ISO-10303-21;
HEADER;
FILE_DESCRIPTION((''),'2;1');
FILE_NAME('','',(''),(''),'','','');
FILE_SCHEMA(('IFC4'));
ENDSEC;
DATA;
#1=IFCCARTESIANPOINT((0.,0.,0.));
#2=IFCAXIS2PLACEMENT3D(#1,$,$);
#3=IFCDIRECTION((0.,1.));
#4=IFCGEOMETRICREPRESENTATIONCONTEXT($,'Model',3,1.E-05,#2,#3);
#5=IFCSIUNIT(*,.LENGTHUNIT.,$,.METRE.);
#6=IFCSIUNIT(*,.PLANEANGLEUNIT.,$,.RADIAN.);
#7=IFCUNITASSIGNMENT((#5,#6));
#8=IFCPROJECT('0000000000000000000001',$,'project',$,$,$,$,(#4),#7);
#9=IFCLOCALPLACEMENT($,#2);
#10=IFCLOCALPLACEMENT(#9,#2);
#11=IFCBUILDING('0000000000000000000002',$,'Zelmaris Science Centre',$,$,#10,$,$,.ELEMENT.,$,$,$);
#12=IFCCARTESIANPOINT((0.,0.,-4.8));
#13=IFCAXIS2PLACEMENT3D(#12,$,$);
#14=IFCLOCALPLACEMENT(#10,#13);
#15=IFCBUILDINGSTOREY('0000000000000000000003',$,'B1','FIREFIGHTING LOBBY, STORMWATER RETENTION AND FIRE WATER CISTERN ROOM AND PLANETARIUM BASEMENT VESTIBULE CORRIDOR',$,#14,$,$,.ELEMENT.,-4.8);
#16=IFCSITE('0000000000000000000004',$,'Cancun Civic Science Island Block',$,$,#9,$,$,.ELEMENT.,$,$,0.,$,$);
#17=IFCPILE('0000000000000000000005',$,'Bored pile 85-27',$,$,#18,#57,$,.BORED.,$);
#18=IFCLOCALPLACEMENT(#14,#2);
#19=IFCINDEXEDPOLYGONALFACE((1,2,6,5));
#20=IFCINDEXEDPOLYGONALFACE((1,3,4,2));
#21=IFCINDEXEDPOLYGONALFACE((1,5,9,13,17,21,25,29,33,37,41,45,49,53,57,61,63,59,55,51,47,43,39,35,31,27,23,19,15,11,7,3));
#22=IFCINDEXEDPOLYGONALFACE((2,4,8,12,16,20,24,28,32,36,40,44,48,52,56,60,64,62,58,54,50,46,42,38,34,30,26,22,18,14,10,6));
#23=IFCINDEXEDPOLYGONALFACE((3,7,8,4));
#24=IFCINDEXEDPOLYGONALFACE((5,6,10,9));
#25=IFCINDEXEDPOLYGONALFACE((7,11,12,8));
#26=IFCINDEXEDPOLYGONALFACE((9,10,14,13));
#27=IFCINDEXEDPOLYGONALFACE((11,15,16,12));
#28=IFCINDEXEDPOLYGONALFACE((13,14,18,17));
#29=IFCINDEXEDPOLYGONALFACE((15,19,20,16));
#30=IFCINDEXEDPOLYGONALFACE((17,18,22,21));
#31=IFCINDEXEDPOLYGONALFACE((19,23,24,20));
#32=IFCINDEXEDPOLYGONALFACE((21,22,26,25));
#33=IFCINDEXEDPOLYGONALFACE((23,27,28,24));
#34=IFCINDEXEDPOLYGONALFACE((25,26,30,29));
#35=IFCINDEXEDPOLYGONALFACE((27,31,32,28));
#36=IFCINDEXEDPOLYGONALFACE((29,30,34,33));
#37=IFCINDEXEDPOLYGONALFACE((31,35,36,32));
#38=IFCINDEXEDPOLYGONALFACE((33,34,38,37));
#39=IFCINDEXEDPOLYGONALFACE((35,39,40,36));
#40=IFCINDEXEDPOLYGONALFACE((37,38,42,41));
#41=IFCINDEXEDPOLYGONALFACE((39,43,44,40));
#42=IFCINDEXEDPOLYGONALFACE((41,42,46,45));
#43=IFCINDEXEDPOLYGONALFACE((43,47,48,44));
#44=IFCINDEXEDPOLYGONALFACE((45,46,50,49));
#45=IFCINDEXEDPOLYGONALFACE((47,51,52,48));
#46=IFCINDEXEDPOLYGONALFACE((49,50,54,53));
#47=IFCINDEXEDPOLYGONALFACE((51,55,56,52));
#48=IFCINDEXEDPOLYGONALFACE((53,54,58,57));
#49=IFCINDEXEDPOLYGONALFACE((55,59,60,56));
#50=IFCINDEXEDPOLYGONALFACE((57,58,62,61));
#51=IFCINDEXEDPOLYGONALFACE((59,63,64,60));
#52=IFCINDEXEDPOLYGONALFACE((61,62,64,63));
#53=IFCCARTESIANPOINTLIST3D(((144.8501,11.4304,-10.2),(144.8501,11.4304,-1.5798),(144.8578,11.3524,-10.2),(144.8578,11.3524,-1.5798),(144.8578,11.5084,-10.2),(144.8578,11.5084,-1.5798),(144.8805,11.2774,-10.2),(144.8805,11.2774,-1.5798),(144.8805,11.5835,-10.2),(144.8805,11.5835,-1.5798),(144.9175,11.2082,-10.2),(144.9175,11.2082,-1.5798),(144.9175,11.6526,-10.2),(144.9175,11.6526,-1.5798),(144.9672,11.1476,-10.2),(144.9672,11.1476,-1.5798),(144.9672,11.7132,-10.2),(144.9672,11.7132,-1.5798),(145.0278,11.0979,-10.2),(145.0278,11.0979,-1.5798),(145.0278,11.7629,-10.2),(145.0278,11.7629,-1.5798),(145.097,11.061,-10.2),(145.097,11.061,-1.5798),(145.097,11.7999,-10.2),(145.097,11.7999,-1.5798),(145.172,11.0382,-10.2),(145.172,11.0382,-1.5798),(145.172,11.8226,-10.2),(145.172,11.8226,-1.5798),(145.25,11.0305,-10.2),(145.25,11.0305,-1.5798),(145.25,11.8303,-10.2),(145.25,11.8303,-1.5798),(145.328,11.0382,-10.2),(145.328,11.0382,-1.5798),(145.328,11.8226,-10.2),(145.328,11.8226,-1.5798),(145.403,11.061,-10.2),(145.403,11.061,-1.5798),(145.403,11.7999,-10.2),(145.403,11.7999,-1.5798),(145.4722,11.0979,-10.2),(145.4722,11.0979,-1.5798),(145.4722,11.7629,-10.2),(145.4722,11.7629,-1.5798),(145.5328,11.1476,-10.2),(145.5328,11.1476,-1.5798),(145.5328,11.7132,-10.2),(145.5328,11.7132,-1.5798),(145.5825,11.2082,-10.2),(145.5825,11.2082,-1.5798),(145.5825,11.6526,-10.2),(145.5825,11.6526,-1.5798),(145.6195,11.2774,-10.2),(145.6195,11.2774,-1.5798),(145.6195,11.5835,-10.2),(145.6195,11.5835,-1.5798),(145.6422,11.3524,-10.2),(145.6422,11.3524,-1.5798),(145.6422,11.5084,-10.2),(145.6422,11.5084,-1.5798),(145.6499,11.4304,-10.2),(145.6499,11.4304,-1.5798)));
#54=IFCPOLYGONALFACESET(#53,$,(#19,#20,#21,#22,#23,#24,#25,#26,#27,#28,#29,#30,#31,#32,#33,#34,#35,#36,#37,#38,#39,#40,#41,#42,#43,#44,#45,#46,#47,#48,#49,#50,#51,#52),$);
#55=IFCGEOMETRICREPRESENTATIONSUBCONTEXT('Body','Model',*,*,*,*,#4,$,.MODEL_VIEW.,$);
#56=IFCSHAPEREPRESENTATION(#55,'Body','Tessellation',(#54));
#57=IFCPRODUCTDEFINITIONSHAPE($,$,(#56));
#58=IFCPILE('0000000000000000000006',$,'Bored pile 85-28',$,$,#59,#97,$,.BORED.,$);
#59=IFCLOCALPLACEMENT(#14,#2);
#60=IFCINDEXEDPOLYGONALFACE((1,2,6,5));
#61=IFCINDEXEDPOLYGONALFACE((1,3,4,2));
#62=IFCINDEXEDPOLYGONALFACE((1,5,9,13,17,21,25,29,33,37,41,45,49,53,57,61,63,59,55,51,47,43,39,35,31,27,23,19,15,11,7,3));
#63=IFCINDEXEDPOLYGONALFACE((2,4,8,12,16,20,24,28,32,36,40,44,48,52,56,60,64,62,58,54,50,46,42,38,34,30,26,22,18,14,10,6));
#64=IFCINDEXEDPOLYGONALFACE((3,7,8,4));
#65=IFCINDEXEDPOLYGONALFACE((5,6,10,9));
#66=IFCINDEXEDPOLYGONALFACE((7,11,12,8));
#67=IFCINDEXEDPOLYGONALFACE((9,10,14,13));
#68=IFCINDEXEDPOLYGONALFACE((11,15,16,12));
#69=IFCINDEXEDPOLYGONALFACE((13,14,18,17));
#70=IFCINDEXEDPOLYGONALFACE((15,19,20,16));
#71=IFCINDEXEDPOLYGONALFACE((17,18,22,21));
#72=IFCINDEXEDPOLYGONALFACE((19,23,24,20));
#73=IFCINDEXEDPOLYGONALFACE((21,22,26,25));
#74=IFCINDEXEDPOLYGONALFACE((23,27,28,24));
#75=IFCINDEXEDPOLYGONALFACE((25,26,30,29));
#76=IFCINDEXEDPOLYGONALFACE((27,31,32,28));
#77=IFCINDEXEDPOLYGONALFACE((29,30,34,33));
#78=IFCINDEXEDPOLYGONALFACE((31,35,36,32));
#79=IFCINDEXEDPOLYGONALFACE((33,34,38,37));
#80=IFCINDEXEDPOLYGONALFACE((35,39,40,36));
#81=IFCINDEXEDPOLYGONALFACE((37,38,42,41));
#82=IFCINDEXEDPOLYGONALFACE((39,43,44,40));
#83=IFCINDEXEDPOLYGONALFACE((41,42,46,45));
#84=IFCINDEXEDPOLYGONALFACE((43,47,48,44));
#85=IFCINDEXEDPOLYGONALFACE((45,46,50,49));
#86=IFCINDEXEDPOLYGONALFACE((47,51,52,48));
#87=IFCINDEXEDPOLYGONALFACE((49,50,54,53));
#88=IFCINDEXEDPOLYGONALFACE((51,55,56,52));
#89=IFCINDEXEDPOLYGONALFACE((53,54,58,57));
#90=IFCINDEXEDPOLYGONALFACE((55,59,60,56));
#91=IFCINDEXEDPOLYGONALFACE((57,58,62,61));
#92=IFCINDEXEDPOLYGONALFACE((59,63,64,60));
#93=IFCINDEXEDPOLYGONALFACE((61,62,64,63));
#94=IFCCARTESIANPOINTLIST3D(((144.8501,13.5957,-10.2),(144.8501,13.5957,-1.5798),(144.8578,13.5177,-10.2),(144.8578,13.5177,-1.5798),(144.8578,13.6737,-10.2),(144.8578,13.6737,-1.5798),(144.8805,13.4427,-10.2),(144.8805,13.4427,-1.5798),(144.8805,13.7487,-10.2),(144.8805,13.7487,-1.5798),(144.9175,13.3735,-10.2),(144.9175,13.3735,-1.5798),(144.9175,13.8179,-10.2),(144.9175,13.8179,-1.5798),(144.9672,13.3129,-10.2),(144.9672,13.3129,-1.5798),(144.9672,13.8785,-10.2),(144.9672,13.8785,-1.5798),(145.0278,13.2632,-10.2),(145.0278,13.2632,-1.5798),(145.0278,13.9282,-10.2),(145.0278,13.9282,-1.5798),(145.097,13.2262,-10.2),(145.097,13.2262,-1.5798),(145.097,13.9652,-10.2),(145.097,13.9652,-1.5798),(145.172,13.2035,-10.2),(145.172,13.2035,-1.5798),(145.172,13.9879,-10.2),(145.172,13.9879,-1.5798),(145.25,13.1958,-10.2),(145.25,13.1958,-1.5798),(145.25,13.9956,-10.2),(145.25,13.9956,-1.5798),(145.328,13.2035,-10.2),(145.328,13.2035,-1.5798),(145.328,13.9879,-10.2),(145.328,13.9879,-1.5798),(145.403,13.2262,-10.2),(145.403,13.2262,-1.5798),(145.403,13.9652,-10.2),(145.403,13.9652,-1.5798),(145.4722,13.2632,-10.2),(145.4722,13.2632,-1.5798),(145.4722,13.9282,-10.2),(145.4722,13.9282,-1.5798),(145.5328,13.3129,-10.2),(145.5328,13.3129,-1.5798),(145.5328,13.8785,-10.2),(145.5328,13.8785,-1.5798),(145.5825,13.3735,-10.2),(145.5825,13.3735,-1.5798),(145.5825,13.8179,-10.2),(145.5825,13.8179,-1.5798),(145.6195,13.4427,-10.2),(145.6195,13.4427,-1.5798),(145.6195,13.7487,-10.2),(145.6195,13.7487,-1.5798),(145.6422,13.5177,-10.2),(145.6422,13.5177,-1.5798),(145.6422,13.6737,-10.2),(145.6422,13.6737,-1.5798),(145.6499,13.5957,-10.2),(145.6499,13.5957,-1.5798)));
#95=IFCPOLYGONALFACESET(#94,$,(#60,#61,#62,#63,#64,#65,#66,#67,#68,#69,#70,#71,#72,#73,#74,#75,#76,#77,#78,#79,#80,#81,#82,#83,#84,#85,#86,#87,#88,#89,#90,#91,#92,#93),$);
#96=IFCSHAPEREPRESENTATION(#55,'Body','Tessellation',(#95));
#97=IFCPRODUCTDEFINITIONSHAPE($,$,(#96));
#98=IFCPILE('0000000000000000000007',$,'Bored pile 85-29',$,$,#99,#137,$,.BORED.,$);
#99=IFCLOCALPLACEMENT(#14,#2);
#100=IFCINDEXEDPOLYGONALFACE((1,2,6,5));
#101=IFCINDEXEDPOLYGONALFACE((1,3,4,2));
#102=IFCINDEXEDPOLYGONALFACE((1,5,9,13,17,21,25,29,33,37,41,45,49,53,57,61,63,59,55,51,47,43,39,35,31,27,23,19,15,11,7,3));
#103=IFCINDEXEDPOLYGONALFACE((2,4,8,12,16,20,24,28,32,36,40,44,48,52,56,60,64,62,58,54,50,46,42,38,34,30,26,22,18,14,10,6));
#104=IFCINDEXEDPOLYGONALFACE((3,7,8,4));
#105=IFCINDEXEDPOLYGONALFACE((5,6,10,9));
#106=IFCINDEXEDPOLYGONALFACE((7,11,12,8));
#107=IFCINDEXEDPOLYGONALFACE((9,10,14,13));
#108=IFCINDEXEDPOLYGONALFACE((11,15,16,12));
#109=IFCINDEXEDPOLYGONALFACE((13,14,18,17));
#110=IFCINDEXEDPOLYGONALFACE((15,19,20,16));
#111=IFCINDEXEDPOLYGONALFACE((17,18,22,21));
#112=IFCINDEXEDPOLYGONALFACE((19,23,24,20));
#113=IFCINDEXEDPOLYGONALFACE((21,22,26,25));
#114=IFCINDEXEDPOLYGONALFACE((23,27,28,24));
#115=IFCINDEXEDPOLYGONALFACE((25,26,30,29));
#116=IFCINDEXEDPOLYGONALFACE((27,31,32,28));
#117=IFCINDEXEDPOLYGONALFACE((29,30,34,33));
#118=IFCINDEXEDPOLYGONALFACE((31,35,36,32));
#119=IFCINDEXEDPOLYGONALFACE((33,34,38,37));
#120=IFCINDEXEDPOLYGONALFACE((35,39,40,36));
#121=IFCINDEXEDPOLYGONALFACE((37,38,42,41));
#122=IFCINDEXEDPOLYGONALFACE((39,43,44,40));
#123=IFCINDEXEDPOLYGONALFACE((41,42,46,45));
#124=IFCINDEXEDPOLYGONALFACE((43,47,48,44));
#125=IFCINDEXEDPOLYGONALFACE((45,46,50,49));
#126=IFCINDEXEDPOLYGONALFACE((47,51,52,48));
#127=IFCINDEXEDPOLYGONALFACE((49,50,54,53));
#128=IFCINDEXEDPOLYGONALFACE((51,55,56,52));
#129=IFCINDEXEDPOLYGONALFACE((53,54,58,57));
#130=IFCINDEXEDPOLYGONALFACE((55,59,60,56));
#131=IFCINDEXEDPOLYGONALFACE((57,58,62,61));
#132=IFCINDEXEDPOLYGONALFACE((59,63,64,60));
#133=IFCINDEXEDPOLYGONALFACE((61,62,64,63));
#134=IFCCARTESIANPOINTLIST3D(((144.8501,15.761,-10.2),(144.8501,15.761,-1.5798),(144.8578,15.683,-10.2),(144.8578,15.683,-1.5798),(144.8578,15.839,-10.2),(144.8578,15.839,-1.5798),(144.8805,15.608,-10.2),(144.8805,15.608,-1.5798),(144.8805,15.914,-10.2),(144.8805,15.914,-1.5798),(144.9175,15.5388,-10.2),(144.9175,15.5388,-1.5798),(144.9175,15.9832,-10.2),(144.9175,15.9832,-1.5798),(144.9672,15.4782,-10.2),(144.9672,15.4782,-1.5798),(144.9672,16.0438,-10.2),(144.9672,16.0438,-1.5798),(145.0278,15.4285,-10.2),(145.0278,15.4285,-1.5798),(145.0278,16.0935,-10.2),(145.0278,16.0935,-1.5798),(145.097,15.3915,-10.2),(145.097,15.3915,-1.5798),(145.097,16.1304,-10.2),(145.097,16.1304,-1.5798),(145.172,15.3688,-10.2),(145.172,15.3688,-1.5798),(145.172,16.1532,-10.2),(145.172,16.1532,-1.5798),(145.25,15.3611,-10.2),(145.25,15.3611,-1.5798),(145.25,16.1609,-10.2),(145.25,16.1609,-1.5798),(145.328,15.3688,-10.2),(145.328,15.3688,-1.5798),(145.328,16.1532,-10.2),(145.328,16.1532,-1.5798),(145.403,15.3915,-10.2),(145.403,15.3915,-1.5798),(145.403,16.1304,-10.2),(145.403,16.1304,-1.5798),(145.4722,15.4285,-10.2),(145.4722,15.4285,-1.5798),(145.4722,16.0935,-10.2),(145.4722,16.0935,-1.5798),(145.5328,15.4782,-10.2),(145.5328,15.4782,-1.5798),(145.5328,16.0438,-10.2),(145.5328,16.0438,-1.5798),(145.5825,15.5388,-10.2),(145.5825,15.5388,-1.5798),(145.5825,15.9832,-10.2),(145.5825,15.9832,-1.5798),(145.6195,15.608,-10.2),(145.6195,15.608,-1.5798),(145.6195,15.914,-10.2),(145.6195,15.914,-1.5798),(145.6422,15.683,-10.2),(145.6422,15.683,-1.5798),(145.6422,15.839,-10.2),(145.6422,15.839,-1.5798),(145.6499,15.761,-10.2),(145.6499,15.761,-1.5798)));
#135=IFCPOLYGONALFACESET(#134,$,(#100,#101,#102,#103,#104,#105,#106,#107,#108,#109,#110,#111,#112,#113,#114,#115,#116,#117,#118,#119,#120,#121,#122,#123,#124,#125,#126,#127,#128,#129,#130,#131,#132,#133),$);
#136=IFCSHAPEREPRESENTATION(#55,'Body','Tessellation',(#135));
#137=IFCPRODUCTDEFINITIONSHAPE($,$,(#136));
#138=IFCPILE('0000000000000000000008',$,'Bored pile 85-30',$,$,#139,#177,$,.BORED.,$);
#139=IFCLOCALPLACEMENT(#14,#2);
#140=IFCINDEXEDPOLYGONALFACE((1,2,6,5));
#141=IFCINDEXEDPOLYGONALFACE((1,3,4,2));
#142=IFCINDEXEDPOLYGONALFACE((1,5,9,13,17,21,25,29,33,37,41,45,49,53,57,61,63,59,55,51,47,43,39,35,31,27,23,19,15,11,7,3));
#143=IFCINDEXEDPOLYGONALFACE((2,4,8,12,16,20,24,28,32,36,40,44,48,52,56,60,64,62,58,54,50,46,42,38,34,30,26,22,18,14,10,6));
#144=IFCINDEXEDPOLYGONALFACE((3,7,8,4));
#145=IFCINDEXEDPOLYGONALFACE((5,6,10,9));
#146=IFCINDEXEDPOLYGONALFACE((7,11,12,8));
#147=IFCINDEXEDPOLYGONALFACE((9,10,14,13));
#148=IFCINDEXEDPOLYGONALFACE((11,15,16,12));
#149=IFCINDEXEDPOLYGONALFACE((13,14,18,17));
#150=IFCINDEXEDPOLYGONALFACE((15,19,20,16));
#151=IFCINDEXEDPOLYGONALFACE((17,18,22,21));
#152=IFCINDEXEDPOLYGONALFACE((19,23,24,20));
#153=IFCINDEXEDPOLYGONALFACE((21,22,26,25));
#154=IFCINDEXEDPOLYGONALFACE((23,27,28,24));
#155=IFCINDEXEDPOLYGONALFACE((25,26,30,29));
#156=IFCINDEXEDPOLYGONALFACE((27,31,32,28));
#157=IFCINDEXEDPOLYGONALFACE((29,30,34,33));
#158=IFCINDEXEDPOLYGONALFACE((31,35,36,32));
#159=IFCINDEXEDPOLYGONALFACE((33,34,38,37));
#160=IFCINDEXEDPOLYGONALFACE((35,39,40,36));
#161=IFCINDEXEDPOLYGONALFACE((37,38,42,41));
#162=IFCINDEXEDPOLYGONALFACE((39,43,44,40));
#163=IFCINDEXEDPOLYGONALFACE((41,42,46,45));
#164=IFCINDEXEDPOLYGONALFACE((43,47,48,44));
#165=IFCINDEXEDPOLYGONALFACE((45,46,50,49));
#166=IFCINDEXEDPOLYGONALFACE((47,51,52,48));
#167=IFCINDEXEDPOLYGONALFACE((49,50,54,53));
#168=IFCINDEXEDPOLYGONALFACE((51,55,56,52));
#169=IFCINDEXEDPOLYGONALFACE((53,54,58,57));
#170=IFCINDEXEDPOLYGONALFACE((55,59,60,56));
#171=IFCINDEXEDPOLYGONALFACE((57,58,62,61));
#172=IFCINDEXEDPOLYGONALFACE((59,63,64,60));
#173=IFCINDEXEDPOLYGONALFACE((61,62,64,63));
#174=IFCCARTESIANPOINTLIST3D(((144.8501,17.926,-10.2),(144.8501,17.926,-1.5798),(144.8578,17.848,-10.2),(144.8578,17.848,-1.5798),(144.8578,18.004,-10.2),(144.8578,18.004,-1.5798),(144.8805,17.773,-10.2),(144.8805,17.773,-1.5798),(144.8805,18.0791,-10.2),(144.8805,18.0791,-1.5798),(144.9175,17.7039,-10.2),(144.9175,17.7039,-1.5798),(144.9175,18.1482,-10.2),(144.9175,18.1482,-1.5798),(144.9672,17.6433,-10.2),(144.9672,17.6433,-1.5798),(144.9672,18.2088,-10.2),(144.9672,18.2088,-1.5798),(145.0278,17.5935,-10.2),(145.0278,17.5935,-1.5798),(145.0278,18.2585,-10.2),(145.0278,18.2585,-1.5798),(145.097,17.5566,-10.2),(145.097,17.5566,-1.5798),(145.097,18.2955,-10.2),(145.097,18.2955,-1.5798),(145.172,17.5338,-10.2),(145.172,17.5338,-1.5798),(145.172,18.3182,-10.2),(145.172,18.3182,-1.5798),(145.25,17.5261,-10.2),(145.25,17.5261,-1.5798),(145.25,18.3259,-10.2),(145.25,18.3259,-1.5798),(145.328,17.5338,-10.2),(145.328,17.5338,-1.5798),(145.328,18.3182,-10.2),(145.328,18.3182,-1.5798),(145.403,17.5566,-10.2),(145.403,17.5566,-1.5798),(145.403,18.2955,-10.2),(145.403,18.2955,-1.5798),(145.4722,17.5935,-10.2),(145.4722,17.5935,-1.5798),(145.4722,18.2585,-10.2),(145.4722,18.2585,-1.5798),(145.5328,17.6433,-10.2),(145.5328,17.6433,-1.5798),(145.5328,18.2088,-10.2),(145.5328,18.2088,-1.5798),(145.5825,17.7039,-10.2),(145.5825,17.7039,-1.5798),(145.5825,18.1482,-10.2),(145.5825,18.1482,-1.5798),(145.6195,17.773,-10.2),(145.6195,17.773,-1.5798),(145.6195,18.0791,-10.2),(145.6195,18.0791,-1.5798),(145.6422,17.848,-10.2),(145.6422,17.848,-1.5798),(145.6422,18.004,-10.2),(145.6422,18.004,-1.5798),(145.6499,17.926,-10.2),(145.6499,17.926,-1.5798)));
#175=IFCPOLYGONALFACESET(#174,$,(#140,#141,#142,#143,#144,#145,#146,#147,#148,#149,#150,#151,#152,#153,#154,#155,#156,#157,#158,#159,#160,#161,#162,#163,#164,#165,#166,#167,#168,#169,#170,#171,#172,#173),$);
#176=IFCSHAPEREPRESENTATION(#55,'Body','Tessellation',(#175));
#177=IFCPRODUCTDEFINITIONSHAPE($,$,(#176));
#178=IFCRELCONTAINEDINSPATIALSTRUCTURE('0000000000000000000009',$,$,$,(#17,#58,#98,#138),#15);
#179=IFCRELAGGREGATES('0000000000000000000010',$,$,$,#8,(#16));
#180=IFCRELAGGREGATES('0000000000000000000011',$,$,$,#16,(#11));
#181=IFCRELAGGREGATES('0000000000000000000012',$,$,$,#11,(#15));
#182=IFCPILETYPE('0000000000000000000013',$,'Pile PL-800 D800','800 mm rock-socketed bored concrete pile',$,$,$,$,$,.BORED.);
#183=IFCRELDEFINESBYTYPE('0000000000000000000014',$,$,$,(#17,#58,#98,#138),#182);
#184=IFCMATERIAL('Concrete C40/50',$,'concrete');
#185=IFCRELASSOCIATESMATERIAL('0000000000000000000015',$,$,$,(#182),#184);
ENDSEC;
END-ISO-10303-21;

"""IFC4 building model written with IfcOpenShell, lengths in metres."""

from ifc_helpers import new_model, si_unit, direction, frame, origin, origin_2d, place, context, subcontext, project, spatial, circle, extrude, material, material_profile, profile_set, type_object, element, save


model = new_model("IFC4")

# Units and contexts
model_context = context("Model", 3, precision=1e-05, world=origin(), true_north=direction((0.0, 1.0)))
body_context = subcontext(model_context, "Body", "Model", "MODEL_VIEW")
ifc_project = project(units=[si_unit("LENGTHUNIT", "METRE"), si_unit("PLANEANGLEUNIT", "RADIAN")], contexts=[model_context])

# Site, building, storey
site_placement = place(None, origin())
site = spatial("IfcSite", under=ifc_project, at=site_placement, Name="Cancun Civic Science Island Block", CompositionType="ELEMENT", RefElevation=0.0)
building_placement = place(site_placement, origin())
building = spatial("IfcBuilding", under=site, at=building_placement, Name="Zelmaris Science Centre", CompositionType="ELEMENT")
storey_placement = place(building_placement, frame((0.0, 0.0, -4.8)))
storey = spatial("IfcBuildingStorey", under=building, at=storey_placement, Name="B1", Description="FIREFIGHTING LOBBY, STORMWATER RETENTION AND FIRE WATER CISTERN ROOM AND PLANETARIUM BASEMENT VESTIBULE CORRIDOR", CompositionType="ELEMENT", Elevation=-4.8)

# Shared definitions
ifc_material_1 = material(Name="Concrete C40/50", Category="concrete")

# Piles
ifc_material_profile_1 = material_profile(ifc_material_1, circle(Radius=0.3999, at=origin_2d()), Name="PILE-800")
ifc_profile_set_1 = profile_set([ifc_material_profile_1], Name="Concrete C40/50")
pile_type_1 = type_object("IfcPileType", Name="Pile PL-800 D800", Description="800 mm rock-socketed bored concrete pile", PredefinedType="BORED", material=ifc_profile_set_1)
for number, where, z_axis, x_axis, name in (
    (1, (145.25, 11.4304, -1.5798), (0.0, 0.0, -1.0), (1.0, 0.0, 0.0), "Bored pile 85-27"),
    (2, (145.25, 13.5957, -1.5798), (0.0, 0.0, -1.0), (1.0, 0.0, 0.0), "Bored pile 85-28"),
    (3, (145.25, 15.761, -1.5798), (0.0, 0.0, -1.0), (1.0, 0.0, 0.0), "Bored pile 85-29"),
    (4, (145.25, 17.926, -1.5798), (0.0, 0.0, -1.0), (1.0, 0.0, 0.0), "Bored pile 85-30"),
):
    element("IfcPile", number, at=place(storey_placement, frame(where, z_axis=z_axis, x_axis=x_axis)), inside=storey, type_object=pile_type_1, Name=name, PredefinedType="BORED", context=body_context, shape_type="SweptSolid", body=[
        extrude(circle(Radius=0.3999, at=origin_2d()), origin(), (0.0, 0.0, 1.0), 8.6201),
    ])

save(model, "model.ifc")
